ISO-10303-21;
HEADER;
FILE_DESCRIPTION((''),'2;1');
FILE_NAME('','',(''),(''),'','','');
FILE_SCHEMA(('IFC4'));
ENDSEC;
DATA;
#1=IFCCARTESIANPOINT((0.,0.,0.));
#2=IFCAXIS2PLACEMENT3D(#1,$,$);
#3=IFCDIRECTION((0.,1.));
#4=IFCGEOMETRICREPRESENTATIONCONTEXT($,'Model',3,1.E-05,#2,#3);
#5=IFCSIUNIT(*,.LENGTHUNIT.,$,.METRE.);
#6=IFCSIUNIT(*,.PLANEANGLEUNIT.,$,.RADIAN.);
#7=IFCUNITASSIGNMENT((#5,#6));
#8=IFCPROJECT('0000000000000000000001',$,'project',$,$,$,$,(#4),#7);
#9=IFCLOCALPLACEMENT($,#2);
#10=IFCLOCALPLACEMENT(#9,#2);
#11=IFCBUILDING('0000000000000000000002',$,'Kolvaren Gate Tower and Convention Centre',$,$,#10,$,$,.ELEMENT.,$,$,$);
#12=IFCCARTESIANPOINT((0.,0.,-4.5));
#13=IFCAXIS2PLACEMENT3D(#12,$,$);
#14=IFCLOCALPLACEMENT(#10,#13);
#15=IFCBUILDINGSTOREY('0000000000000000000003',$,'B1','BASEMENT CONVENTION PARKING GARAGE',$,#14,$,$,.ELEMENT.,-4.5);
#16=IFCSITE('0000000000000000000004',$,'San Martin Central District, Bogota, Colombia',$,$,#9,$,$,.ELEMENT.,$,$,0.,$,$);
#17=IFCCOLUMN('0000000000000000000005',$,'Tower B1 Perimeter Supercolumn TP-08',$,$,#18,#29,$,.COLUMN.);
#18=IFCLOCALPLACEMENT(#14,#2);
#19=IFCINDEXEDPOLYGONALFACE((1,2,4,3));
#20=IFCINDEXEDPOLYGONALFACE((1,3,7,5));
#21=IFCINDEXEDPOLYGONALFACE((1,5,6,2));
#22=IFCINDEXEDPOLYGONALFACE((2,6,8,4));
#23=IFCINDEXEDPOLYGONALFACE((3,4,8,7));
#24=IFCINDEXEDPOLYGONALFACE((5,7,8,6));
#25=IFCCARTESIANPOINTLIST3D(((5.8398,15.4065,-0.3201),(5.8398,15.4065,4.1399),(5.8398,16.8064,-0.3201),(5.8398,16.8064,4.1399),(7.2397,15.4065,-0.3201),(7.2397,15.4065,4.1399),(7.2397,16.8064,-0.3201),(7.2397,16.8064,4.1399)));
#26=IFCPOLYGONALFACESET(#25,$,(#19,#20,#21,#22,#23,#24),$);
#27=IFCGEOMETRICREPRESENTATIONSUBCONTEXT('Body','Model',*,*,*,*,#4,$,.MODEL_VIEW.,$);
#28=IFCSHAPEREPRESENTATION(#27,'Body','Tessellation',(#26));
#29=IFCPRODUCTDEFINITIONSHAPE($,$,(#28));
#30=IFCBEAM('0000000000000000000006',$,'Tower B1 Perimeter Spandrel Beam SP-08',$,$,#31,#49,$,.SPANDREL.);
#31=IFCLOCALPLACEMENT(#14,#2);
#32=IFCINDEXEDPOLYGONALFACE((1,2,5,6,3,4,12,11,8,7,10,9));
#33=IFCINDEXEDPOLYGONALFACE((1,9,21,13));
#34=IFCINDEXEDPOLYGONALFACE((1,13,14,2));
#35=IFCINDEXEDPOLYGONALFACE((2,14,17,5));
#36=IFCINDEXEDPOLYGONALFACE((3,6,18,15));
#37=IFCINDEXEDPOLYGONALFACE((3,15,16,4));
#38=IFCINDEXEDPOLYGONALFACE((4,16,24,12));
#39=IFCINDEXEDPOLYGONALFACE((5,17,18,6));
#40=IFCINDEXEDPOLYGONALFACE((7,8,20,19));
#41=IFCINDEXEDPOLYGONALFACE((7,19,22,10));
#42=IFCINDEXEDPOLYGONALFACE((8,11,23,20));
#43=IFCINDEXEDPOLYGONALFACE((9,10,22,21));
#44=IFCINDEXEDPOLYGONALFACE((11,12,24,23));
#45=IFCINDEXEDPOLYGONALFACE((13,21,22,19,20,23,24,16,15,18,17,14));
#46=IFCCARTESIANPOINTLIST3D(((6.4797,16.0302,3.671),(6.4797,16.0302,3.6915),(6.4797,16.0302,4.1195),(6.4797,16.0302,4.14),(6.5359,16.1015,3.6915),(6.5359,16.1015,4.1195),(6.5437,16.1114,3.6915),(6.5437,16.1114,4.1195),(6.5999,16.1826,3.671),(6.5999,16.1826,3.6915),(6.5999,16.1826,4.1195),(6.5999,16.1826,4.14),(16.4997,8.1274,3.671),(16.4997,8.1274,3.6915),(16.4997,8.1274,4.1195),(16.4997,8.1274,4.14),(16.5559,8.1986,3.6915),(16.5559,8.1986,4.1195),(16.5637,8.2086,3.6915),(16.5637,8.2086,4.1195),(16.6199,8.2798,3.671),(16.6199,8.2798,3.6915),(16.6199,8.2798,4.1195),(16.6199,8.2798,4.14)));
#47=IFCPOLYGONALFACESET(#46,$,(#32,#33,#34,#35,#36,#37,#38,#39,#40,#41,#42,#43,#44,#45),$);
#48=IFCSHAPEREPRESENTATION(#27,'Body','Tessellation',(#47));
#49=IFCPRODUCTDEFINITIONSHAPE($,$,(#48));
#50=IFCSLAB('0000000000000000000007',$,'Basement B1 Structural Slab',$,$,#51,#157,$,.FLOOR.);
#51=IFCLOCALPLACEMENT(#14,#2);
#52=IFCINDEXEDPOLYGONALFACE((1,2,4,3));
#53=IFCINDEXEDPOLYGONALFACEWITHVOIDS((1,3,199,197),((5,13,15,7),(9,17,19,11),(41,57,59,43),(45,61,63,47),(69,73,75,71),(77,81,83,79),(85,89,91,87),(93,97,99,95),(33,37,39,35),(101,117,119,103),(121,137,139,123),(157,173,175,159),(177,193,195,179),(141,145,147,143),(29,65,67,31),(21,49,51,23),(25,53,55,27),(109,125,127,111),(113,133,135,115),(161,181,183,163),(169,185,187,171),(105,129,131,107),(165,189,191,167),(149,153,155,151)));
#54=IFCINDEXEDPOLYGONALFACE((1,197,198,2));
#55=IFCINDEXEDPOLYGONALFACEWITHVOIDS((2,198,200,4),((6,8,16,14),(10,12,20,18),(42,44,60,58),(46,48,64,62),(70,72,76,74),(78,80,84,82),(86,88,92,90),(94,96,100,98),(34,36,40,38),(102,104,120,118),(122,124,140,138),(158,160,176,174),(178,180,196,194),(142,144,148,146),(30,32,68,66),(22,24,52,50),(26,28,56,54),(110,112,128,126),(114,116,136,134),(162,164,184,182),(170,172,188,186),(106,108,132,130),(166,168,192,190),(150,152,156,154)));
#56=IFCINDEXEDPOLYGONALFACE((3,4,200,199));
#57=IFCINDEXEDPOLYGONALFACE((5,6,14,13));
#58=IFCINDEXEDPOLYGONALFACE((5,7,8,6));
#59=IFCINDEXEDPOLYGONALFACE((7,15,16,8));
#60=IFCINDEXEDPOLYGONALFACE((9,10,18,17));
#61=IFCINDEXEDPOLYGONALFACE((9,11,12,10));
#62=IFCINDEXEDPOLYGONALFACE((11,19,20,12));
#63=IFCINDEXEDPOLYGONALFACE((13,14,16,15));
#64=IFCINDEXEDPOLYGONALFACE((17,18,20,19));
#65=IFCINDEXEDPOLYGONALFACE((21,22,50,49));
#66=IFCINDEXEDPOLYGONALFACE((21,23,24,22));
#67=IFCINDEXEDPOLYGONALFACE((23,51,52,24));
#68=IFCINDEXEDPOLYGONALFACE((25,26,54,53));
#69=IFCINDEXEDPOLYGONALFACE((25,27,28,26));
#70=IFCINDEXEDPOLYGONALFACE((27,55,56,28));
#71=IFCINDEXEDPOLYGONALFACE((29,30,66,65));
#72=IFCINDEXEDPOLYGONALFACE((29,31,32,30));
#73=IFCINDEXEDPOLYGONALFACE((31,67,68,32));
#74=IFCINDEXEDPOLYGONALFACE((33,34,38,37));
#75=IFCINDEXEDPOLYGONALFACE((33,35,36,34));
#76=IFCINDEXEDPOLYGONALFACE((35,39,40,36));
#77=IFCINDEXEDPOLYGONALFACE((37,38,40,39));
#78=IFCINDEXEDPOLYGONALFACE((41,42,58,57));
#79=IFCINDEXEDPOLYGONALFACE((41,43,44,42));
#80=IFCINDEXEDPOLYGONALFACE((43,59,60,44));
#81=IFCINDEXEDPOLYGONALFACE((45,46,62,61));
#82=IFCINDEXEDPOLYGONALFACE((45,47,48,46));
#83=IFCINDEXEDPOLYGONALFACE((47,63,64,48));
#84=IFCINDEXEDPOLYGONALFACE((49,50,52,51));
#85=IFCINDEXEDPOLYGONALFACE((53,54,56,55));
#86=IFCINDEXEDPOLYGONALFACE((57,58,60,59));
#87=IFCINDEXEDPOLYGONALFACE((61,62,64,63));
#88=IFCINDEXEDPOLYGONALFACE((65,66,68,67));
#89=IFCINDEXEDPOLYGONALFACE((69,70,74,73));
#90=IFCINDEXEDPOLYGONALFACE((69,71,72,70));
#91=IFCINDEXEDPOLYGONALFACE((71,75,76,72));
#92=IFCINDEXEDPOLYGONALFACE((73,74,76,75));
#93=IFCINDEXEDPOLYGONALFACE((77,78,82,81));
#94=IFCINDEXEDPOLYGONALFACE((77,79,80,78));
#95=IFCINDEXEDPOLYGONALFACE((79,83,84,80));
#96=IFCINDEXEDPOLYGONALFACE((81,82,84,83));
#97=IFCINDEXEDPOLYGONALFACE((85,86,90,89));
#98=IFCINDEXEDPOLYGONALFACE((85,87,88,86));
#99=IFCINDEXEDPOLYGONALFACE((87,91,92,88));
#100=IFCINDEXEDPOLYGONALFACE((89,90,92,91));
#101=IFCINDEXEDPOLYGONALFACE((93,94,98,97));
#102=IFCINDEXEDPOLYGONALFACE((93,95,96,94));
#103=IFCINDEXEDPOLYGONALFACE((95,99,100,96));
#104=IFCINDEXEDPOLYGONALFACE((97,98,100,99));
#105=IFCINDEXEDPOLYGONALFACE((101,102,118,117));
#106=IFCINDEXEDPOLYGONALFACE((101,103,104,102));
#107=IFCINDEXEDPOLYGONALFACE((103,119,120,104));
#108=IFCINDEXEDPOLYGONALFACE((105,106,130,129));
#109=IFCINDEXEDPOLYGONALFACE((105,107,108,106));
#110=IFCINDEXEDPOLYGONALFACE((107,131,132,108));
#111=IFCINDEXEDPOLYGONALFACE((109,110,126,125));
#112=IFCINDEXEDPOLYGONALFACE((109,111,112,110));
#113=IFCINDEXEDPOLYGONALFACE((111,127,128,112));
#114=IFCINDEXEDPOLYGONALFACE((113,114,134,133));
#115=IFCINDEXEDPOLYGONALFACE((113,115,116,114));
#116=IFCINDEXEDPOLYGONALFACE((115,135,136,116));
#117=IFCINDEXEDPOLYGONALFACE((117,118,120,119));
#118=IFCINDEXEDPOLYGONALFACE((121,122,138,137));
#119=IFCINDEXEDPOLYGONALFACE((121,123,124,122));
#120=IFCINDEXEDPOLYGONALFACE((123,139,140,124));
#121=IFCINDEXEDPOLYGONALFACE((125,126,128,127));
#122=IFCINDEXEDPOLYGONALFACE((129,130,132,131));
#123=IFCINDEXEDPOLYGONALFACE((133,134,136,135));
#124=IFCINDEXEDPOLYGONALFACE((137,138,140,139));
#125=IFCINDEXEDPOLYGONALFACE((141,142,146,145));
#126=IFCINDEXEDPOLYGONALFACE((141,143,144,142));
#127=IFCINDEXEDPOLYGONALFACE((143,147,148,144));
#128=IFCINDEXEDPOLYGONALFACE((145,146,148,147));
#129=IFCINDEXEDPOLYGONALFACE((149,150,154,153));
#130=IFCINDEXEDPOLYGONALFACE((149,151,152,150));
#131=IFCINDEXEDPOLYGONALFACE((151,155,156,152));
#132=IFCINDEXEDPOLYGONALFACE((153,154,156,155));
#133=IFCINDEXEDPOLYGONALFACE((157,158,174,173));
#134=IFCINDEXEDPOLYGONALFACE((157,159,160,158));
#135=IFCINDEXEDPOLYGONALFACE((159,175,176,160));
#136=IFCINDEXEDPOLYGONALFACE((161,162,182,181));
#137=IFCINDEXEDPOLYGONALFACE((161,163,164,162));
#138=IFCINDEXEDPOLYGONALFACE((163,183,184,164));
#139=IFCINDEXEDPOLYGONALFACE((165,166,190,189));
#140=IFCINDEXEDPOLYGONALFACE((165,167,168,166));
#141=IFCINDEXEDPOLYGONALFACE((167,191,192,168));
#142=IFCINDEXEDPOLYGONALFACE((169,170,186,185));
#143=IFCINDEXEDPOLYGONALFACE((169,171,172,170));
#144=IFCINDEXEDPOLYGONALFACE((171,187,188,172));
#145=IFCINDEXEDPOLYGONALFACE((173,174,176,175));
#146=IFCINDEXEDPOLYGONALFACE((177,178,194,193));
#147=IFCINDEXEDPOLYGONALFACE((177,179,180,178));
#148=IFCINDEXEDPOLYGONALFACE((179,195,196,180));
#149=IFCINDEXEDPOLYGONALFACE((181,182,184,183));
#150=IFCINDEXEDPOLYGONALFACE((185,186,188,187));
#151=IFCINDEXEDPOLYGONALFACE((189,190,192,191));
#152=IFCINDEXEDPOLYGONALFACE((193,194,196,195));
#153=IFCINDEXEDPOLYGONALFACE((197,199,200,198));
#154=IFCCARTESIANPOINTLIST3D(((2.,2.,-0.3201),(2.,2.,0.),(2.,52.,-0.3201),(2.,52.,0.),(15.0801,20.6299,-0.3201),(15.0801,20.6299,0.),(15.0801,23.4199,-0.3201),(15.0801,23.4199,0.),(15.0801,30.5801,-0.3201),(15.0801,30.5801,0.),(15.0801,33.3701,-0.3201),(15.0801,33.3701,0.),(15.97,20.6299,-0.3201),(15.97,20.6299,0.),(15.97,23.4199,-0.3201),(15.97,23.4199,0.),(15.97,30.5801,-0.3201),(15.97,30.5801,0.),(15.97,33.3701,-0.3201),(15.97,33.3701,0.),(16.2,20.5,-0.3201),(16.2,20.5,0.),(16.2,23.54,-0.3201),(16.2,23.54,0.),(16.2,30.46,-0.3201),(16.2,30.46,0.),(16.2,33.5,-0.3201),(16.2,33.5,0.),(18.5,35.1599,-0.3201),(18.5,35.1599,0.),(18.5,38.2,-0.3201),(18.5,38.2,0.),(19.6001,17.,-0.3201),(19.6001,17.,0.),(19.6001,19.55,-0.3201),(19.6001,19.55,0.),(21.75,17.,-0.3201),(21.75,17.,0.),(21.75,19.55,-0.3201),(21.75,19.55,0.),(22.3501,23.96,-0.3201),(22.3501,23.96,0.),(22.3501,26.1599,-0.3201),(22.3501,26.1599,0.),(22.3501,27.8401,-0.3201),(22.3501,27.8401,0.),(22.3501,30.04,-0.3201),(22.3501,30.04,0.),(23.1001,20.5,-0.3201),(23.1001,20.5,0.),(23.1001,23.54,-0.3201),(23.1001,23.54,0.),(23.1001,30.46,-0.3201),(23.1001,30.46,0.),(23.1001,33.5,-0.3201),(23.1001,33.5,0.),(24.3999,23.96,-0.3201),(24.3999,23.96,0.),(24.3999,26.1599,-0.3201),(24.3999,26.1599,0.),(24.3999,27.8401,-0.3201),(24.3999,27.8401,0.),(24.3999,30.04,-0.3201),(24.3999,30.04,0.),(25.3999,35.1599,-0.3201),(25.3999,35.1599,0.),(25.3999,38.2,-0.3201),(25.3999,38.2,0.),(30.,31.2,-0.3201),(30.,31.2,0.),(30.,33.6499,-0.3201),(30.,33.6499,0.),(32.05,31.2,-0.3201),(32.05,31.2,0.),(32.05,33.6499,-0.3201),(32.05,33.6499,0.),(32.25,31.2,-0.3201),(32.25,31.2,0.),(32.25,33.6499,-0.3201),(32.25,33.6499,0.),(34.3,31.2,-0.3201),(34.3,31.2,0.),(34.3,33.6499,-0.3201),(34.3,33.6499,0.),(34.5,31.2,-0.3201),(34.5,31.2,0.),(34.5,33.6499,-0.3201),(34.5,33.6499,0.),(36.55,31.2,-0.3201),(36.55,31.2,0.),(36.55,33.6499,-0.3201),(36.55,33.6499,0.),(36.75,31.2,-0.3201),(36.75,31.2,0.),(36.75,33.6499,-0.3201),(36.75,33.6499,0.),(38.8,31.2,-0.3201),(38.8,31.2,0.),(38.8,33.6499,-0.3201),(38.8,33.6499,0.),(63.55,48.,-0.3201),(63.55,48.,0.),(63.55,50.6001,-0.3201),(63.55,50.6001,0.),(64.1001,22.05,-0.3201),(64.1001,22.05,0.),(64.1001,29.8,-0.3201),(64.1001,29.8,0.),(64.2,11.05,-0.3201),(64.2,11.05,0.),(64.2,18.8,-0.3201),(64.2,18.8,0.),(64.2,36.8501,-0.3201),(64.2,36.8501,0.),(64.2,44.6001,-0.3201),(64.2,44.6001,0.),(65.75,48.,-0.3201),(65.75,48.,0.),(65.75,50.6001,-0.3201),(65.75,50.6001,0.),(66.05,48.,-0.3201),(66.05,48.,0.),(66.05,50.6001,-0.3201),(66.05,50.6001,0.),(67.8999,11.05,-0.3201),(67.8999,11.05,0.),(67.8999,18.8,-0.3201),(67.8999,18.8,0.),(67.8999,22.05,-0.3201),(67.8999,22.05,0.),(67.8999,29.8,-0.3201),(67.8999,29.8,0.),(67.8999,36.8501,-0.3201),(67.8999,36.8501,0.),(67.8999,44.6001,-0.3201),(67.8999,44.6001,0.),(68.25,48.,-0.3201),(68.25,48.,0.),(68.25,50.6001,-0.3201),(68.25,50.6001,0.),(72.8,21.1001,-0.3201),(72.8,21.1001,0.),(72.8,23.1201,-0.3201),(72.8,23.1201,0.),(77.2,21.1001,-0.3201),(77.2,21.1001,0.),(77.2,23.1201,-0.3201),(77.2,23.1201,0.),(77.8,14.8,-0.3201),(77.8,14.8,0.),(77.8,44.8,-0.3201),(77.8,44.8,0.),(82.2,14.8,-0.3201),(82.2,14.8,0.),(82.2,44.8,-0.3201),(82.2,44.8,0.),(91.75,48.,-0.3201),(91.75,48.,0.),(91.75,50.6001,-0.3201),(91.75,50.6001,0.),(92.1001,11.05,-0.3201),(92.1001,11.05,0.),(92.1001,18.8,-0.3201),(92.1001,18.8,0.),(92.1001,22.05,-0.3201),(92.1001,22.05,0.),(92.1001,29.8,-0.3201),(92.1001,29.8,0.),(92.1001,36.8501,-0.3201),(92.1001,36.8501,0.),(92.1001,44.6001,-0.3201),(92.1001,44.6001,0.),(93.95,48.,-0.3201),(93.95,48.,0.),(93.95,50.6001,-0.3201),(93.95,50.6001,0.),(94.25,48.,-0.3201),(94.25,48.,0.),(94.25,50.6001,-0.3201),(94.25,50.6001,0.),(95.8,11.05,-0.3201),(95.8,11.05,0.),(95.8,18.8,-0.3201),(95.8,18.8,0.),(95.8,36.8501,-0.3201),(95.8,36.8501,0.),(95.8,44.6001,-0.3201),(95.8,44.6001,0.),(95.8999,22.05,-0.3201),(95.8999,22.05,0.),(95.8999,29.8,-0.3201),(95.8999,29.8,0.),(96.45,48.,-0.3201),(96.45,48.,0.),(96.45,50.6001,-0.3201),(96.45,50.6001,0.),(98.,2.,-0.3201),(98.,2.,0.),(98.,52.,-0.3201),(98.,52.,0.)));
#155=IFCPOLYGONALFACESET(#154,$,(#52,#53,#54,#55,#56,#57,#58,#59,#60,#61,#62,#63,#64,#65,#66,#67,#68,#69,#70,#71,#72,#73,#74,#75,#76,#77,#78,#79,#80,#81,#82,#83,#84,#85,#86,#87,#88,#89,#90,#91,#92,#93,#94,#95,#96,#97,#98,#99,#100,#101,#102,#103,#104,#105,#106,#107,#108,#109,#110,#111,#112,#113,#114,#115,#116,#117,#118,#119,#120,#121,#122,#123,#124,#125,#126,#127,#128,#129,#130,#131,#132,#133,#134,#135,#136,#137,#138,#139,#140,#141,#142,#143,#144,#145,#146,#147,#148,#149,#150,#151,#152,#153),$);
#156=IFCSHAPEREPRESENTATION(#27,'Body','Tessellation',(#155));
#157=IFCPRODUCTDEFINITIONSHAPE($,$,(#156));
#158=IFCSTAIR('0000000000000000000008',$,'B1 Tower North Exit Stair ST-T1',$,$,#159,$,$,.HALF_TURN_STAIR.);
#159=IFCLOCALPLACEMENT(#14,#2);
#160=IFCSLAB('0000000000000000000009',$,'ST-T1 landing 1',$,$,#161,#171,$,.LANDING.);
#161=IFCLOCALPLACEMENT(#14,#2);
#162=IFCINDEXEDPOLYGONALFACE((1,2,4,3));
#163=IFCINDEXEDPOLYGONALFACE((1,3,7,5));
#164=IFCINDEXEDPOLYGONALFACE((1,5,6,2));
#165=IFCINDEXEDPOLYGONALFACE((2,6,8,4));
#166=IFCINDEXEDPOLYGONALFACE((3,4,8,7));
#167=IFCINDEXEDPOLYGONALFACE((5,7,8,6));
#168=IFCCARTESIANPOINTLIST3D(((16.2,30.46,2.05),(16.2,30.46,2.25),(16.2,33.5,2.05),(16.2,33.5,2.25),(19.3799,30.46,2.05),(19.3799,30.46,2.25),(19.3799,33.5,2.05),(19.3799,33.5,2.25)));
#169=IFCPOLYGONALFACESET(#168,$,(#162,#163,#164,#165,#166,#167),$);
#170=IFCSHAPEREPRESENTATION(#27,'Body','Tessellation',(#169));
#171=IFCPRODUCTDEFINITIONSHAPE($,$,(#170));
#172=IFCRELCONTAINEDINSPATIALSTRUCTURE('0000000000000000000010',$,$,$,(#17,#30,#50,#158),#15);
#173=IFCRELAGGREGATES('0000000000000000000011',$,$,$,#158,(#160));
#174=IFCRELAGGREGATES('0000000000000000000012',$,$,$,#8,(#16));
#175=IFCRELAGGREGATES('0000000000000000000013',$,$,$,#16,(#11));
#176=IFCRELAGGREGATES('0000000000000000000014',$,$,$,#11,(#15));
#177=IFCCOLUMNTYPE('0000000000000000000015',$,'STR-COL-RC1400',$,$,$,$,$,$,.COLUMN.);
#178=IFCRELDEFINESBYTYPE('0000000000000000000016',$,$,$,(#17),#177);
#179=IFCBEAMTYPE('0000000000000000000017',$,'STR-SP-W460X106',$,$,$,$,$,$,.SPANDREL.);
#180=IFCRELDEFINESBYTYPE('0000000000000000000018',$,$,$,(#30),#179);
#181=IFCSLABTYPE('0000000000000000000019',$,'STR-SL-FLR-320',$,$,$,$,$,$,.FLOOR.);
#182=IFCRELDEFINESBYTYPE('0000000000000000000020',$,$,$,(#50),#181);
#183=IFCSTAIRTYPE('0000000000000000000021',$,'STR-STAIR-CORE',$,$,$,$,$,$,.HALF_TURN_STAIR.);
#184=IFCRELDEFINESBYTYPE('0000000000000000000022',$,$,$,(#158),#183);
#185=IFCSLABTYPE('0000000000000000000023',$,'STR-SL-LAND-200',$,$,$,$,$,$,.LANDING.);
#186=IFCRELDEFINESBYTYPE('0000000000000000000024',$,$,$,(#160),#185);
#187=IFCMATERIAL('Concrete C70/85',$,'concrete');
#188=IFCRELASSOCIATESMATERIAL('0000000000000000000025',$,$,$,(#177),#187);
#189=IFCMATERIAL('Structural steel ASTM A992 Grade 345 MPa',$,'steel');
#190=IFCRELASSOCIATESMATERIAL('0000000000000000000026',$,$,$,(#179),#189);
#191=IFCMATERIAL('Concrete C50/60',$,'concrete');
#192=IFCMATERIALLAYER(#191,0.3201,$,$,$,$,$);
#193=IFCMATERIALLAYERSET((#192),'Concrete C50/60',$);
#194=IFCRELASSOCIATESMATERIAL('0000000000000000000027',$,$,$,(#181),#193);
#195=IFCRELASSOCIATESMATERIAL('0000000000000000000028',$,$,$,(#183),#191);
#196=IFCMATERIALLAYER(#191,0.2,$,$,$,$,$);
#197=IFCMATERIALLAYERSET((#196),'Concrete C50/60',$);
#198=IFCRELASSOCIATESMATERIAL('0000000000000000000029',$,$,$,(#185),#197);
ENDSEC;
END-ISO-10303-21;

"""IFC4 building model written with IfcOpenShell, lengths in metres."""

from ifc_helpers import new_model, si_unit, direction, frame, origin, origin_2d, place, context, subcontext, project, spatial, polyline, rectangle, i_section, outline, extrude, material, layer, layer_set, material_profile, profile_set, type_object, element, aggregate, save


model = new_model("IFC4")

# Units and contexts
model_context = context("Model", 3, precision=1e-05, world=origin(), true_north=direction((0.0, 1.0)))
body_context = subcontext(model_context, "Body", "Model", "MODEL_VIEW")
ifc_project = project(units=[si_unit("LENGTHUNIT", "METRE"), si_unit("PLANEANGLEUNIT", "RADIAN")], contexts=[model_context])

# Site, building, storey
site_placement = place(None, origin())
site = spatial("IfcSite", under=ifc_project, at=site_placement, Name="San Martin Central District, Bogota, Colombia", CompositionType="ELEMENT", RefElevation=0.0)
building_placement = place(site_placement, origin())
building = spatial("IfcBuilding", under=site, at=building_placement, Name="Kolvaren Gate Tower and Convention Centre", CompositionType="ELEMENT")
storey_placement = place(building_placement, frame((0.0, 0.0, -4.5)))
storey = spatial("IfcBuildingStorey", under=building, at=storey_placement, Name="B1", Description="BASEMENT CONVENTION PARKING GARAGE", CompositionType="ELEMENT", Elevation=-4.5)

# Column
ifc_material_1 = material(Name="Concrete C70/85", Category="concrete")
ifc_material_profile_1 = material_profile(ifc_material_1, rectangle(XDim=1.3999, YDim=1.3999, at=origin_2d()), Name="RC-COL-1400X1400")
ifc_profile_set_1 = profile_set([ifc_material_profile_1], Name="Concrete C70/85")
column_type = type_object("IfcColumnType", Name="STR-COL-RC1400", PredefinedType="COLUMN", material=ifc_profile_set_1)
column_placement = place(storey_placement, frame((6.5398, 16.1064, -0.3201), z_axis=(0.0, 0.0, 1.0), x_axis=(1.0, 0.0, 0.0)))
element("IfcColumn", 1, at=column_placement, inside=storey, type_object=column_type, Name="Tower B1 Perimeter Supercolumn TP-08", PredefinedType="COLUMN", context=body_context, shape_type="SweptSolid", body=[
    extrude(rectangle(XDim=1.3999, YDim=1.3999, at=origin_2d()), origin(), (0.0, 0.0, 1.0), 4.46),
])

# Beam
ifc_material_2 = material(Name="Structural steel ASTM A992 Grade 345 MPa", Category="steel")
ifc_material_profile_2 = material_profile(ifc_material_2, i_section(OverallWidth=0.1941, OverallDepth=0.469, WebThickness=0.0127, FlangeThickness=0.0205, at=origin_2d()), Name="W460X106")
ifc_profile_set_2 = profile_set([ifc_material_profile_2], Name="Structural steel ASTM A992 Grade 345 MPa")
beam_type = type_object("IfcBeamType", Name="STR-SP-W460X106", PredefinedType="SPANDREL", material=ifc_profile_set_2)
beam_placement = place(storey_placement, frame((6.5398, 16.1064, 3.9055), z_axis=(0.785176, -0.619272, 0.0), x_axis=(0.619272, 0.785176, 0.0)))
element("IfcBeam", 2, at=beam_placement, inside=storey, type_object=beam_type, Name="Tower B1 Perimeter Spandrel Beam SP-08", PredefinedType="SPANDREL", context=body_context, shape_type="SweptSolid", body=[
    extrude(i_section(OverallWidth=0.1941, OverallDepth=0.469, WebThickness=0.0127, FlangeThickness=0.0205, at=origin_2d()), origin(), (0.0, 0.0, 1.0), 12.7615),
])

# Slab
ifc_material_3 = material(Name="Concrete C50/60", Category="concrete")
ifc_layer_1 = layer(ifc_material_3, 0.3201)
ifc_layer_set_1 = layer_set([ifc_layer_1], Name="Concrete C50/60")
slab_type_1 = type_object("IfcSlabType", Name="STR-SL-FLR-320", PredefinedType="FLOOR", material=ifc_layer_set_1)
slab_1_placement = place(storey_placement, frame((0.0, 0.0, -0.3201)))
element("IfcSlab", 3, at=slab_1_placement, inside=storey, type_object=slab_type_1, Name="Basement B1 Structural Slab", PredefinedType="FLOOR", context=body_context, shape_type="SweptSolid", body=[
    extrude(outline(polyline([(2.0, 2.0), (98.0, 2.0), (98.0, 52.0), (2.0, 52.0), (2.0, 2.0)]), holes=[polyline([(94.25, 50.6001), (96.45, 50.6001), (96.45, 48.0), (94.25, 48.0), (94.25, 50.6001)]), polyline([(92.1001, 22.05), (92.1001, 29.8), (95.8999, 29.8), (95.8999, 22.05), (92.1001, 22.05)]), polyline([(92.1001, 36.8501), (92.1001, 44.6001), (95.8, 44.6001), (95.8, 36.8501), (92.1001, 36.8501)]), polyline([(92.1001, 11.05), (92.1001, 18.8), (95.8, 18.8), (95.8, 11.05), (92.1001, 11.05)]), polyline([(91.75, 50.6001), (93.95, 50.6001), (93.95, 48.0), (91.75, 48.0), (91.75, 50.6001)]), polyline([(77.8, 44.8), (82.2, 44.8), (82.2, 14.8), (77.8, 14.8), (77.8, 44.8)]), polyline([(72.8, 23.1201), (77.2, 23.1201), (77.2, 21.1001), (72.8, 21.1001), (72.8, 23.1201)]), polyline([(66.05, 48.0), (66.05, 50.6001), (68.25, 50.6001), (68.25, 48.0), (66.05, 48.0)]), polyline([(67.8999, 36.8501), (64.2, 36.8501), (64.2, 44.6001), (67.8999, 44.6001), (67.8999, 36.8501)]), polyline([(67.8999, 22.05), (64.1001, 22.05), (64.1001, 29.8), (67.8999, 29.8), (67.8999, 22.05)]), polyline([(67.8999, 11.05), (64.2, 11.05), (64.2, 18.8), (67.8999, 18.8), (67.8999, 11.05)]), polyline([(63.55, 50.6001), (65.75, 50.6001), (65.75, 48.0), (63.55, 48.0), (63.55, 50.6001)]), polyline([(36.75, 33.6499), (38.8, 33.6499), (38.8, 31.2), (36.75, 31.2), (36.75, 33.6499)]), polyline([(34.5, 31.2), (34.5, 33.6499), (36.55, 33.6499), (36.55, 31.2), (34.5, 31.2)]), polyline([(32.25, 33.6499), (34.3, 33.6499), (34.3, 31.2), (32.25, 31.2), (32.25, 33.6499)]), polyline([(30.0, 33.6499), (32.05, 33.6499), (32.05, 31.2), (30.0, 31.2), (30.0, 33.6499)]), polyline([(25.3999, 35.1599), (18.5, 35.1599), (18.5, 38.2), (25.3999, 38.2), (25.3999, 35.1599)]), polyline([(22.3501, 30.04), (24.3999, 30.04), (24.3999, 27.8401), (22.3501, 27.8401), (22.3501, 30.04)]), polyline([(22.3501, 23.96), (22.3501, 26.1599), (24.3999, 26.1599), (24.3999, 23.96), (22.3501, 23.96)]), polyline([(23.1001, 33.5), (23.1001, 30.46), (16.2, 30.46), (16.2, 33.5), (23.1001, 33.5)]), polyline([(23.1001, 20.5), (16.2, 20.5), (16.2, 23.54), (23.1001, 23.54), (23.1001, 20.5)]), polyline([(19.6001, 17.0), (19.6001, 19.55), (21.75, 19.55), (21.75, 17.0), (19.6001, 17.0)]), polyline([(15.0801, 23.4199), (15.97, 23.4199), (15.97, 20.6299), (15.0801, 20.6299), (15.0801, 23.4199)]), polyline([(15.0801, 33.3701), (15.97, 33.3701), (15.97, 30.5801), (15.0801, 30.5801), (15.0801, 33.3701)])]), origin(), (0.0, 0.0, 1.0), 0.3201),
])

# Stair, slab
stair_type_1 = type_object("IfcStairType", Name="STR-STAIR-CORE", PredefinedType="HALF_TURN_STAIR", material=ifc_material_3)
stair_1_placement = place(storey_placement, origin())
stair_1 = element("IfcStair", 4, at=stair_1_placement, inside=storey, type_object=stair_type_1, Name="B1 Tower North Exit Stair ST-T1", PredefinedType="HALF_TURN_STAIR")
ifc_layer_2 = layer(ifc_material_3, 0.2)
ifc_layer_set_2 = layer_set([ifc_layer_2], Name="Concrete C50/60")
slab_type_2 = type_object("IfcSlabType", Name="STR-SL-LAND-200", PredefinedType="LANDING", material=ifc_layer_set_2)
slab_2_placement = place(storey_placement, frame((0.0, 0.0, 2.05)))
slab_2 = element("IfcSlab", 5, at=slab_2_placement, type_object=slab_type_2, Name="ST-T1 landing 1", PredefinedType="LANDING", context=body_context, shape_type="SweptSolid", body=[
    extrude(outline(polyline([(19.3799, 33.5), (16.2, 33.5), (16.2, 30.46), (19.3799, 30.46), (19.3799, 33.5)])), origin(), (0.0, 0.0, 1.0), 0.2),
])
aggregate(stair_1, [slab_2])

save(model, "model.ifc")
